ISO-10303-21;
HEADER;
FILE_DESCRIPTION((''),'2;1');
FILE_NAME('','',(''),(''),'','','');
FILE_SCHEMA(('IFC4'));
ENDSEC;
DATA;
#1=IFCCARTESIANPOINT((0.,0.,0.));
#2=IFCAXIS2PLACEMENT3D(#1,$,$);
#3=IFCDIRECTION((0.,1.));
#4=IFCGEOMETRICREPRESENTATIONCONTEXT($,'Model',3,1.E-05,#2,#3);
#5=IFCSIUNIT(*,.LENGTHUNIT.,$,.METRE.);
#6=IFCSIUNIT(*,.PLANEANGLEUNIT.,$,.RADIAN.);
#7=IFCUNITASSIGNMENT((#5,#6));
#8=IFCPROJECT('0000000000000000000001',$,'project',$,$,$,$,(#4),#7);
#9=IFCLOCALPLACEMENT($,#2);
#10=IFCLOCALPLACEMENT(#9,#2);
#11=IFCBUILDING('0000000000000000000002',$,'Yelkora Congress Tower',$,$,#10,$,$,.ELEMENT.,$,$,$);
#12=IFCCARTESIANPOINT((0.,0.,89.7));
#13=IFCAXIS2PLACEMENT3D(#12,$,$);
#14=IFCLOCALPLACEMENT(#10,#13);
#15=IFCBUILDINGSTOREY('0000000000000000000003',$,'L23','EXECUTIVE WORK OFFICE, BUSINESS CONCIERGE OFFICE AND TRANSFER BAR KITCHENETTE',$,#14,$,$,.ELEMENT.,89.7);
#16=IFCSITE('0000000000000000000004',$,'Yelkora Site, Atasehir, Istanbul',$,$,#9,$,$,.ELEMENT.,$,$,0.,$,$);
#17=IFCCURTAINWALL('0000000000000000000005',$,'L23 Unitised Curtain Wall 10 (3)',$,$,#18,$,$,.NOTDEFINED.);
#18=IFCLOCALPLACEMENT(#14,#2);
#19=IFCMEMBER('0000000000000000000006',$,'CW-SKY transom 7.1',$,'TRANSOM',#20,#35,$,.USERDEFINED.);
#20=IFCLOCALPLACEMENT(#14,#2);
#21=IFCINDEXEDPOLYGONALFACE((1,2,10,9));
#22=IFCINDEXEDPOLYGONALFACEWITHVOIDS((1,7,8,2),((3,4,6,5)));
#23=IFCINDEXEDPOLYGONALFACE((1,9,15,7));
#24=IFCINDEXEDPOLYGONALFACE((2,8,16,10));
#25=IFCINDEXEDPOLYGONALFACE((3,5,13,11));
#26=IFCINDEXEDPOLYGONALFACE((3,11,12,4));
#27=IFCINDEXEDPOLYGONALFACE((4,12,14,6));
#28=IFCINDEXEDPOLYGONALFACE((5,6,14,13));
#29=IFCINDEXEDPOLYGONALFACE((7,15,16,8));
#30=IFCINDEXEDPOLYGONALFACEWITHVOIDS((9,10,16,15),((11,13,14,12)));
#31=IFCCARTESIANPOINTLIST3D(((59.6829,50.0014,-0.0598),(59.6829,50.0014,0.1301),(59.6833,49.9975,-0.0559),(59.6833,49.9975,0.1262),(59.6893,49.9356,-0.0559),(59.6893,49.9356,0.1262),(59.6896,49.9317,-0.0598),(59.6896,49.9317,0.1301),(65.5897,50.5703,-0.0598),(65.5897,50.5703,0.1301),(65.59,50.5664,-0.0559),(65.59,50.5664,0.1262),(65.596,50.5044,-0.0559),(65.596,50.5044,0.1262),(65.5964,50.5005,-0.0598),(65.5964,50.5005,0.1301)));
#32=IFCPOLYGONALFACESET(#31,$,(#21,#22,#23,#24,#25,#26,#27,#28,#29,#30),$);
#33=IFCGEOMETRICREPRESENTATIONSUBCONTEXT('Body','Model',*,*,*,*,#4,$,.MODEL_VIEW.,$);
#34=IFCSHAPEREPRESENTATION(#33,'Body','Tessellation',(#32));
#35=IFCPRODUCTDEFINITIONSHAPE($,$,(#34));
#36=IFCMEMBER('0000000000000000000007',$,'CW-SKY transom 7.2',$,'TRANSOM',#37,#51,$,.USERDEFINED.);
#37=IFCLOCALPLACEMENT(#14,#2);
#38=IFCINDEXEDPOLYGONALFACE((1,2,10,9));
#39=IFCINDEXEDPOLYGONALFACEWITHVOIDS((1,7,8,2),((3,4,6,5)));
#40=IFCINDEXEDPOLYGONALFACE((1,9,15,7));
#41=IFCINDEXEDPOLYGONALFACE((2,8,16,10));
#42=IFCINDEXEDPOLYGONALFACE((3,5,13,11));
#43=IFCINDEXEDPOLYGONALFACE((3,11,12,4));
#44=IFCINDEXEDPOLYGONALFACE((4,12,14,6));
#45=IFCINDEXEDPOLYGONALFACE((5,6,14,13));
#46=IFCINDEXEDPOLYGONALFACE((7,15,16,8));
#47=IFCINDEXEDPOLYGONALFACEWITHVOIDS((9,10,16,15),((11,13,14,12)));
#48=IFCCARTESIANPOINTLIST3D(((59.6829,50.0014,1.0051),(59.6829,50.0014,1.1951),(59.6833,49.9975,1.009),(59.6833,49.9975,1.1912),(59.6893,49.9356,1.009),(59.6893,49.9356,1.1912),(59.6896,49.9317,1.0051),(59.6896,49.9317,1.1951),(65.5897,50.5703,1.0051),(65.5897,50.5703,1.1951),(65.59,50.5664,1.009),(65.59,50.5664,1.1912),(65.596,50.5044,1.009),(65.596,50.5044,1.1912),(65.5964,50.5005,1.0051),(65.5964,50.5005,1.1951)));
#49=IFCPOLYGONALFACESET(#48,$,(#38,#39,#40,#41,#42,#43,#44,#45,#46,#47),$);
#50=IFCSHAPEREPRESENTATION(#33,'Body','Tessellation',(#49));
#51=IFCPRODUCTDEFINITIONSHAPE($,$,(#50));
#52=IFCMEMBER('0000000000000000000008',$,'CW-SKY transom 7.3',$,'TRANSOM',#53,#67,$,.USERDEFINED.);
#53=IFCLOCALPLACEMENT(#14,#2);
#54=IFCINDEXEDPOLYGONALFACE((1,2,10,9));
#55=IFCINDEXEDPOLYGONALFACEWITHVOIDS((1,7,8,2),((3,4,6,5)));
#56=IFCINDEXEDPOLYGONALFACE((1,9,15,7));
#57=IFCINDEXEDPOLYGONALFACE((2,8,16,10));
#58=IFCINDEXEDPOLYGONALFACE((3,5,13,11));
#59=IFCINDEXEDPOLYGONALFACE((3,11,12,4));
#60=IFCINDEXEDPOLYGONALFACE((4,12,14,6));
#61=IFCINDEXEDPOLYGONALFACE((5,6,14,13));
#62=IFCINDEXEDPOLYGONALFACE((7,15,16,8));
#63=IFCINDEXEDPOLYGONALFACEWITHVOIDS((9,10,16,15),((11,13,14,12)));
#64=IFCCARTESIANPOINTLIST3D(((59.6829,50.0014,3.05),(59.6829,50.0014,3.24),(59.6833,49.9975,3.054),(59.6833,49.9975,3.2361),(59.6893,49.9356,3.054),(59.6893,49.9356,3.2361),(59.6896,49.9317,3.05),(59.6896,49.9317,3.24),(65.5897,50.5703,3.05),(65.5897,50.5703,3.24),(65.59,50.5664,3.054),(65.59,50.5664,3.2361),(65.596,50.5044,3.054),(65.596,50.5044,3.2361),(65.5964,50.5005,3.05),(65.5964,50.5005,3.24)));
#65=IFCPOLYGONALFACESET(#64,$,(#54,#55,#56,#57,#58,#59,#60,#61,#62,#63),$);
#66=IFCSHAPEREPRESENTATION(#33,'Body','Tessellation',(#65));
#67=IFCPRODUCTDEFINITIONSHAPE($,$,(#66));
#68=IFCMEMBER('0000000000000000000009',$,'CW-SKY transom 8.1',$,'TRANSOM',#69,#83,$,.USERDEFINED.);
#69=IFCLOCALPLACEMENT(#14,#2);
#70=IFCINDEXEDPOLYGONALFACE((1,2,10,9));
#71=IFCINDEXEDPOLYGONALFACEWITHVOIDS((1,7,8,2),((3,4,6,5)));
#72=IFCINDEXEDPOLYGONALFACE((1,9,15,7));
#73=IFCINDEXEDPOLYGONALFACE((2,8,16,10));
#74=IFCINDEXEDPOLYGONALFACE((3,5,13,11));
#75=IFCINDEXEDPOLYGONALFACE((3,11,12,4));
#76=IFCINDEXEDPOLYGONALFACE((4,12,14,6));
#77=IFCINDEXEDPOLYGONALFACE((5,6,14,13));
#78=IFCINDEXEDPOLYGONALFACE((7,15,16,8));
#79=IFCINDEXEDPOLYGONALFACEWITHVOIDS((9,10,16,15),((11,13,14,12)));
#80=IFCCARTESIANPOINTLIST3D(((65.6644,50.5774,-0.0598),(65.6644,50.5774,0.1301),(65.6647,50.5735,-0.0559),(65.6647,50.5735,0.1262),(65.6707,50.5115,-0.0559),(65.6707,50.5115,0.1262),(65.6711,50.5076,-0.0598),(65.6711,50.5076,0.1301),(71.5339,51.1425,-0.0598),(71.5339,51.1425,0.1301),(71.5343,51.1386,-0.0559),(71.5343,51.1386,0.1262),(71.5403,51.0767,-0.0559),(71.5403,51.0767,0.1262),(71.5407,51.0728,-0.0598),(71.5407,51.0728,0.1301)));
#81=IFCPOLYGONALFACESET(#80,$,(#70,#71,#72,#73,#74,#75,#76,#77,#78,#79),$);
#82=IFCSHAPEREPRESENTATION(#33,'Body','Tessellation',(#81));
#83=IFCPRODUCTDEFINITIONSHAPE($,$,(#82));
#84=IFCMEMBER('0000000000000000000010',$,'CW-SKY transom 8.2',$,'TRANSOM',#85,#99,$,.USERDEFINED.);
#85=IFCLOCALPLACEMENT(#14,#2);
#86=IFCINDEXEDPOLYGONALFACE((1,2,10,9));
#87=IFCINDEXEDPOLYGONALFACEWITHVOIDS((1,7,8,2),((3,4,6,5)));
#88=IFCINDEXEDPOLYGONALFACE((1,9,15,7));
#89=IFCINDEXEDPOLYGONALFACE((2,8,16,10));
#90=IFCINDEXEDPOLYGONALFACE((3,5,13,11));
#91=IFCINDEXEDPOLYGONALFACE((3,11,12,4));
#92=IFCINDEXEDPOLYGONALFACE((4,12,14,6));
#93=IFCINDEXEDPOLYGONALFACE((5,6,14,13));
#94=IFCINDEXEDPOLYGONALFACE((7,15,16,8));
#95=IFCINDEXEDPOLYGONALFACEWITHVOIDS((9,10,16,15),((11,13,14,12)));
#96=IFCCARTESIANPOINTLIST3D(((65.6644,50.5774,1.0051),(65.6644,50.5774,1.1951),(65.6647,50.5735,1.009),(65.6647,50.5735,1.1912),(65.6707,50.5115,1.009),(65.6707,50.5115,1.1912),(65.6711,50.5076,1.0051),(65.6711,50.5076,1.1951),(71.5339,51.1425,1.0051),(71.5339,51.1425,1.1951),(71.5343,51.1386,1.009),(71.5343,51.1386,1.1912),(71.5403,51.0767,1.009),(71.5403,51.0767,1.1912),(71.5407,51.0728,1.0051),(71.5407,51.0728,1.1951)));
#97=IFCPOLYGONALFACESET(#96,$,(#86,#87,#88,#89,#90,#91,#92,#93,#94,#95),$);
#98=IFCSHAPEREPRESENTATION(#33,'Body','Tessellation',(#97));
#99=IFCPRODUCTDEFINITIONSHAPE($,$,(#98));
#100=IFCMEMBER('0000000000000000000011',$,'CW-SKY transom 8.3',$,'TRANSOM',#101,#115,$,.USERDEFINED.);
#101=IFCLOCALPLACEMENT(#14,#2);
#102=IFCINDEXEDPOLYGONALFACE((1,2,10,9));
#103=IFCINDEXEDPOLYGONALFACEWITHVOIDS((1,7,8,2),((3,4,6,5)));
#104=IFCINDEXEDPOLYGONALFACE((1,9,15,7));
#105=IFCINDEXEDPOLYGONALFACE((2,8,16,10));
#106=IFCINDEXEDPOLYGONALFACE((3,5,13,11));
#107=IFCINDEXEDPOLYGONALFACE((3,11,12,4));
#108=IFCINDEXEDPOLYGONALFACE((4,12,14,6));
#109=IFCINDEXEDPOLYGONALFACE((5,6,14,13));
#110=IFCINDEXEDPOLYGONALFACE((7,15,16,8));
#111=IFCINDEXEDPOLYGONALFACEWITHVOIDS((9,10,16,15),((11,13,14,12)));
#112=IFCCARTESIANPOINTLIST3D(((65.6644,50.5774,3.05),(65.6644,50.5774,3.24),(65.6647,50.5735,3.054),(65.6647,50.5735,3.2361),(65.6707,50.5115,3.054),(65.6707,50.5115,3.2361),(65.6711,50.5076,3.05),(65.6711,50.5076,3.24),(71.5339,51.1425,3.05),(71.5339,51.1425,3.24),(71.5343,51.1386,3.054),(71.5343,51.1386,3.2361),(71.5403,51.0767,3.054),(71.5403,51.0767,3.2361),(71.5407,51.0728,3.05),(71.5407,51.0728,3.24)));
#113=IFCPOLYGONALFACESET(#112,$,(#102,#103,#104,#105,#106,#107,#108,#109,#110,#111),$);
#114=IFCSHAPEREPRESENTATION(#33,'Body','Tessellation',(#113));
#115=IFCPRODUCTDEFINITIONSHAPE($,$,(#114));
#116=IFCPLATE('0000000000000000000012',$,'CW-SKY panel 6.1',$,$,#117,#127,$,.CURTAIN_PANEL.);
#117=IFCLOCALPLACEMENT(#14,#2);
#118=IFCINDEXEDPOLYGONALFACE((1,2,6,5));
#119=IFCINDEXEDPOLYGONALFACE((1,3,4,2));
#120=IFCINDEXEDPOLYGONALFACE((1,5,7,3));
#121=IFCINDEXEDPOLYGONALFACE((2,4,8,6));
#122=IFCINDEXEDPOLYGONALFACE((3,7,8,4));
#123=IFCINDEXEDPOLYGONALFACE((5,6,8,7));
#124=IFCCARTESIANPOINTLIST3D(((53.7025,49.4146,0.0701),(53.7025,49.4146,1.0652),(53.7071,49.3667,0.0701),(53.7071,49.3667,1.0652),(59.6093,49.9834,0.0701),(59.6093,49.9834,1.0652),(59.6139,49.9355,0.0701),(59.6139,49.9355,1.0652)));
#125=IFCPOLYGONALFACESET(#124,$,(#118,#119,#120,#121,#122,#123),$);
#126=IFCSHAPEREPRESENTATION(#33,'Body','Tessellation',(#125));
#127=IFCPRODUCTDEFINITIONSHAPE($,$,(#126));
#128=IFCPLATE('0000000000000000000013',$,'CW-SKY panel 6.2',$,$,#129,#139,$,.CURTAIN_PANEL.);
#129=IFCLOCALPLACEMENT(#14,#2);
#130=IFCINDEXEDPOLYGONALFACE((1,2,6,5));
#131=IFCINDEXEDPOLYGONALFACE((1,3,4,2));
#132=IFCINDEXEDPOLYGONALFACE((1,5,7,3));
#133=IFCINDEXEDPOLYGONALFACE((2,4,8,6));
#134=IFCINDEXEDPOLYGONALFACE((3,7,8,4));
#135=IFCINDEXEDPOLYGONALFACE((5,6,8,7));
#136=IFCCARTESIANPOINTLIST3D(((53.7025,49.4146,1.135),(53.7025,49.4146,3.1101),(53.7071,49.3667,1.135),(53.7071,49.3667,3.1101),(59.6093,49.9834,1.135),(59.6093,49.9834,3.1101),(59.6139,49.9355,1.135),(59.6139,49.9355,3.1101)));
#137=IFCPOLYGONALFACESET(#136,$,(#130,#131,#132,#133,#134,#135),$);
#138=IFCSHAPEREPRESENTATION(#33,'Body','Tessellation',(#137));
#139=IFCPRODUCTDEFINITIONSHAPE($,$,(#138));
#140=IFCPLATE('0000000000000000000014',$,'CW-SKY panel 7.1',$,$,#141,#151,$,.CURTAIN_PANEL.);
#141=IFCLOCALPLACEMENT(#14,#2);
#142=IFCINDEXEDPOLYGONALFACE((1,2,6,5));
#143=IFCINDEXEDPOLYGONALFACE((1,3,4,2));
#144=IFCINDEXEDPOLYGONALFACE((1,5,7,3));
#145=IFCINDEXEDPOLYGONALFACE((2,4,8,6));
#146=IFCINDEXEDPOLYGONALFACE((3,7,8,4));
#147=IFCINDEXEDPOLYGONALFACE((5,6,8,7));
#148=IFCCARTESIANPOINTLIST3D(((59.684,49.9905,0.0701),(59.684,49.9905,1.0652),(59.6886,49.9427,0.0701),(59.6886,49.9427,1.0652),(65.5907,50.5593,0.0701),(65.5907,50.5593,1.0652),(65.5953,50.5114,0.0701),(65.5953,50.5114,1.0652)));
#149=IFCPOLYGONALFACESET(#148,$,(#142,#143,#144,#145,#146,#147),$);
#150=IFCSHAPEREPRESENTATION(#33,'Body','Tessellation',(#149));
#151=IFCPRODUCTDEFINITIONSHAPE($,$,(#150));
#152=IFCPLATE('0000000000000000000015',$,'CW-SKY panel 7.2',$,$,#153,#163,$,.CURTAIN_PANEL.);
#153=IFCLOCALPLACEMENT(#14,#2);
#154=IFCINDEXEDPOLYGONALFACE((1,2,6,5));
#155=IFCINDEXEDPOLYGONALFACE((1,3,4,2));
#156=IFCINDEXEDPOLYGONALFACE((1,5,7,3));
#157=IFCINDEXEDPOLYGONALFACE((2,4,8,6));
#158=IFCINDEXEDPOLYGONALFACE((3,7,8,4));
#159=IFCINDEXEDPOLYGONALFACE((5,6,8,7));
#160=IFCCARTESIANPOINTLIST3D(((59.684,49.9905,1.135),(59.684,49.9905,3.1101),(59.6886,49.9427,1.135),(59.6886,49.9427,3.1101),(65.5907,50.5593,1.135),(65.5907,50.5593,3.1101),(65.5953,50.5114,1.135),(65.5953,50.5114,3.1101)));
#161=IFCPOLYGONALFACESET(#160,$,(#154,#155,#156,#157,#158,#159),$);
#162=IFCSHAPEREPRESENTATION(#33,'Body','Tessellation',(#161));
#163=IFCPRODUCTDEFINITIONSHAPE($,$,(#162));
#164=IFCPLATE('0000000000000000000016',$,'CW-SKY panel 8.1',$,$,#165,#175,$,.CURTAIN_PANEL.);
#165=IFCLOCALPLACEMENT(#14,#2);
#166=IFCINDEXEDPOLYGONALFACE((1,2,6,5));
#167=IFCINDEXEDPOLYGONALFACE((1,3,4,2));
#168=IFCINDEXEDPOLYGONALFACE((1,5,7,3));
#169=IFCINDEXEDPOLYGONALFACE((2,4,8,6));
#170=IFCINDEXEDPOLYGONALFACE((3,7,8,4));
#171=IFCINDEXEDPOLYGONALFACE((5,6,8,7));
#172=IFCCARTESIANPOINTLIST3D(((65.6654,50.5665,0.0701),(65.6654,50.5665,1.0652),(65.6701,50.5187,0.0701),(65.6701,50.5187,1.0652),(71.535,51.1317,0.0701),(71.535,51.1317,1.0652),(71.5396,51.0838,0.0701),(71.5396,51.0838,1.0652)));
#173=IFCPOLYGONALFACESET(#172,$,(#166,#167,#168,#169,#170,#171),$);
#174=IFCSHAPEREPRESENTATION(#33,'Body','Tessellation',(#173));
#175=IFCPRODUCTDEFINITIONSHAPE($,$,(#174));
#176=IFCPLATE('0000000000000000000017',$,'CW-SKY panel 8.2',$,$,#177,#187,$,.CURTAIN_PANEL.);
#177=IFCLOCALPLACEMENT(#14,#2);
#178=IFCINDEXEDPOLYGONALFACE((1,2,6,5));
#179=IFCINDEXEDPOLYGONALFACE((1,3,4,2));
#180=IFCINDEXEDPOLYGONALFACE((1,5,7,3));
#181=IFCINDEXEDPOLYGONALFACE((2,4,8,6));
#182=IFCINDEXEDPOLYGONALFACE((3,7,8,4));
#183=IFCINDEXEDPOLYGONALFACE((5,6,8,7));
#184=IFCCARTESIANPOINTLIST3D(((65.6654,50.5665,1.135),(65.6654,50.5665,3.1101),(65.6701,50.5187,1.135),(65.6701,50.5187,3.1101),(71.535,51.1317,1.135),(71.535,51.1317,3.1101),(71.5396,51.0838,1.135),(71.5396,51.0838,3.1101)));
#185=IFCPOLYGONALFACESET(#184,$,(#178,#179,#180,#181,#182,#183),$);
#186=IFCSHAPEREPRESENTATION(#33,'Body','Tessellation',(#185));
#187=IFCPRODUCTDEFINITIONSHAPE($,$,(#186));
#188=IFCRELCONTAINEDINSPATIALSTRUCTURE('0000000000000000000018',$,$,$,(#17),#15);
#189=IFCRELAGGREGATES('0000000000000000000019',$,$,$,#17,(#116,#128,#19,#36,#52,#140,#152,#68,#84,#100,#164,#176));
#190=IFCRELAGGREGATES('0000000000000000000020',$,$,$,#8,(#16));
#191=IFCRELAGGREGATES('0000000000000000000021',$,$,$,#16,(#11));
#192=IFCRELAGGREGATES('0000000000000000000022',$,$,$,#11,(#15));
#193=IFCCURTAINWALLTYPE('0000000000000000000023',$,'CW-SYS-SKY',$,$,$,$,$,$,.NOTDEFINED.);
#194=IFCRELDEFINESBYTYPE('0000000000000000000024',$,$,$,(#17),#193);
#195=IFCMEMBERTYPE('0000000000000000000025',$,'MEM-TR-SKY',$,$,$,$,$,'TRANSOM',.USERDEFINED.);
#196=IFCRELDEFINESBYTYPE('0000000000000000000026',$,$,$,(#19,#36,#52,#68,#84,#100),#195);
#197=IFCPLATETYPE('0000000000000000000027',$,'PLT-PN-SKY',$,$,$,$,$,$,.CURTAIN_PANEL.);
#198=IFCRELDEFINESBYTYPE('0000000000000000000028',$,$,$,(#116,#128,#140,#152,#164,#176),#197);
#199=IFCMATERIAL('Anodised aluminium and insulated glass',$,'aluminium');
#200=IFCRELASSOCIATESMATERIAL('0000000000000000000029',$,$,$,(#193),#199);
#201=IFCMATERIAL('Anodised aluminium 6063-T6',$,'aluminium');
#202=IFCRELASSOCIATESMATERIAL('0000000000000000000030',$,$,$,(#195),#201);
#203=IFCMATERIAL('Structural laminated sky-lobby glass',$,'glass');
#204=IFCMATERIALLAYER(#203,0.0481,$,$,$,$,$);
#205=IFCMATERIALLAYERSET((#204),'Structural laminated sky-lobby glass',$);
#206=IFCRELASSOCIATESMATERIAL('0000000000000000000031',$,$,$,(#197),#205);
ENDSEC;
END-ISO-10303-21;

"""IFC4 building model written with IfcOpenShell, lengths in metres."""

from ifc_helpers import new_model, si_unit, direction, frame, origin, origin_2d, place, context, subcontext, project, spatial, rectangle, hollow_rectangle, extrude, material, layer, layer_set, material_profile, profile_set, type_object, element, aggregate, save


model = new_model("IFC4")

# Units and contexts
model_context = context("Model", 3, precision=1e-05, world=origin(), true_north=direction((0.0, 1.0)))
body_context = subcontext(model_context, "Body", "Model", "MODEL_VIEW")
ifc_project = project(units=[si_unit("LENGTHUNIT", "METRE"), si_unit("PLANEANGLEUNIT", "RADIAN")], contexts=[model_context])

# Site, building, storey
site_placement = place(None, origin())
site = spatial("IfcSite", under=ifc_project, at=site_placement, Name="Yelkora Site, Atasehir, Istanbul", CompositionType="ELEMENT", RefElevation=0.0)
building_placement = place(site_placement, origin())
building = spatial("IfcBuilding", under=site, at=building_placement, Name="Yelkora Congress Tower", CompositionType="ELEMENT")
storey_placement = place(building_placement, frame((0.0, 0.0, 89.7)))
storey = spatial("IfcBuildingStorey", under=building, at=storey_placement, Name="L23", Description="EXECUTIVE WORK OFFICE, BUSINESS CONCIERGE OFFICE AND TRANSFER BAR KITCHENETTE", CompositionType="ELEMENT", Elevation=89.7)

# Curtain wall, members, plates
ifc_material_1 = material(Name="Anodised aluminium and insulated glass", Category="aluminium")
curtain_wall_type = type_object("IfcCurtainWallType", Name="CW-SYS-SKY", PredefinedType="NOTDEFINED", material=ifc_material_1)
curtain_wall_placement = place(storey_placement, origin())
curtain_wall = element("IfcCurtainWall", 1, at=curtain_wall_placement, inside=storey, type_object=curtain_wall_type, Name="L23 Unitised Curtain Wall 10 (3)", PredefinedType="NOTDEFINED")
ifc_material_2 = material(Name="Anodised aluminium 6063-T6", Category="aluminium")
ifc_material_profile_1 = material_profile(ifc_material_2, hollow_rectangle(XDim=0.0701, YDim=0.1899, WallThickness=0.0039, at=origin_2d()), Name="ALU 70x190x4")
ifc_profile_set_1 = profile_set([ifc_material_profile_1], Name="Anodised aluminium 6063-T6")
member_type_1 = type_object("IfcMemberType", Name="MEM-TR-SKY", ElementType="TRANSOM", PredefinedType="USERDEFINED", material=ifc_profile_set_1)
member_1_placement = place(storey_placement, frame((59.6863, 49.9666, 0.0352), z_axis=(0.995395, 0.095861, 0.0), x_axis=(-0.095861, 0.995395, 0.0)))
member_1 = element("IfcMember", 2, at=member_1_placement, type_object=member_type_1, Name="CW-SKY transom 7.1", ObjectType="TRANSOM", PredefinedType="USERDEFINED", context=body_context, shape_type="SweptSolid", body=[
    extrude(hollow_rectangle(XDim=0.0701, YDim=0.1899, WallThickness=0.0039, at=origin_2d()), origin(), (0.0, 0.0, 1.0), 5.9341),
])
member_2_placement = place(storey_placement, frame((59.6863, 49.9666, 1.1001), z_axis=(0.995395, 0.095861, 0.0), x_axis=(-0.095861, 0.995395, 0.0)))
member_2 = element("IfcMember", 3, at=member_2_placement, type_object=member_type_1, Name="CW-SKY transom 7.2", ObjectType="TRANSOM", PredefinedType="USERDEFINED", context=body_context, shape_type="SweptSolid", body=[
    extrude(hollow_rectangle(XDim=0.0701, YDim=0.1899, WallThickness=0.0039, at=origin_2d()), origin(), (0.0, 0.0, 1.0), 5.9341),
])
member_3_placement = place(storey_placement, frame((59.6863, 49.9666, 3.145), z_axis=(0.995395, 0.095861, 0.0), x_axis=(-0.095861, 0.995395, 0.0)))
member_3 = element("IfcMember", 4, at=member_3_placement, type_object=member_type_1, Name="CW-SKY transom 7.3", ObjectType="TRANSOM", PredefinedType="USERDEFINED", context=body_context, shape_type="SweptSolid", body=[
    extrude(hollow_rectangle(XDim=0.0701, YDim=0.1899, WallThickness=0.0039, at=origin_2d()), origin(), (0.0, 0.0, 1.0), 5.9341),
])
member_4_placement = place(storey_placement, frame((65.6677, 50.5425, 0.0352), z_axis=(0.995396, 0.095847, 0.0), x_axis=(-0.095847, 0.995396, 0.0)))
member_4 = element("IfcMember", 5, at=member_4_placement, type_object=member_type_1, Name="CW-SKY transom 8.1", ObjectType="TRANSOM", PredefinedType="USERDEFINED", context=body_context, shape_type="SweptSolid", body=[
    extrude(hollow_rectangle(XDim=0.0701, YDim=0.1899, WallThickness=0.0039, at=origin_2d()), origin(), (0.0, 0.0, 1.0), 5.8967),
])
member_5_placement = place(storey_placement, frame((65.6677, 50.5425, 1.1001), z_axis=(0.995396, 0.095847, 0.0), x_axis=(-0.095847, 0.995396, 0.0)))
member_5 = element("IfcMember", 6, at=member_5_placement, type_object=member_type_1, Name="CW-SKY transom 8.2", ObjectType="TRANSOM", PredefinedType="USERDEFINED", context=body_context, shape_type="SweptSolid", body=[
    extrude(hollow_rectangle(XDim=0.0701, YDim=0.1899, WallThickness=0.0039, at=origin_2d()), origin(), (0.0, 0.0, 1.0), 5.8967),
])
member_6_placement = place(storey_placement, frame((65.6677, 50.5425, 3.145), z_axis=(0.995396, 0.095847, 0.0), x_axis=(-0.095847, 0.995396, 0.0)))
member_6 = element("IfcMember", 7, at=member_6_placement, type_object=member_type_1, Name="CW-SKY transom 8.3", ObjectType="TRANSOM", PredefinedType="USERDEFINED", context=body_context, shape_type="SweptSolid", body=[
    extrude(hollow_rectangle(XDim=0.0701, YDim=0.1899, WallThickness=0.0039, at=origin_2d()), origin(), (0.0, 0.0, 1.0), 5.8967),
])
ifc_material_3 = material(Name="Structural laminated sky-lobby glass", Category="glass")
ifc_layer_1 = layer(ifc_material_3, 0.0481)
ifc_layer_set_1 = layer_set([ifc_layer_1], Name="Structural laminated sky-lobby glass")
plate_type = type_object("IfcPlateType", Name="PLT-PN-SKY", PredefinedType="CURTAIN_PANEL", material=ifc_layer_set_1)
plate_1_placement = place(storey_placement, frame((56.6582, 49.675, 0.0701), z_axis=(0.0, 0.0, 1.0), x_axis=(0.995396, 0.095845, 0.0)))
plate_1 = element("IfcPlate", 8, at=plate_1_placement, type_object=plate_type, Name="CW-SKY panel 6.1", PredefinedType="CURTAIN_PANEL", context=body_context, shape_type="SweptSolid", body=[
    extrude(rectangle(XDim=5.9341, YDim=0.0481, at=origin_2d()), origin(), (0.0, 0.0, 1.0), 0.9951),
])
plate_2_placement = place(storey_placement, frame((56.6582, 49.675, 1.135), z_axis=(0.0, 0.0, 1.0), x_axis=(0.995396, 0.095845, 0.0)))
plate_2 = element("IfcPlate", 9, at=plate_2_placement, type_object=plate_type, Name="CW-SKY panel 6.2", PredefinedType="CURTAIN_PANEL", context=body_context, shape_type="SweptSolid", body=[
    extrude(rectangle(XDim=5.9341, YDim=0.0481, at=origin_2d()), origin(), (0.0, 0.0, 1.0), 1.9751),
])
plate_3_placement = place(storey_placement, frame((62.6396, 50.251, 0.0701), z_axis=(0.0, 0.0, 1.0), x_axis=(0.995396, 0.095845, 0.0)))
plate_3 = element("IfcPlate", 10, at=plate_3_placement, type_object=plate_type, Name="CW-SKY panel 7.1", PredefinedType="CURTAIN_PANEL", context=body_context, shape_type="SweptSolid", body=[
    extrude(rectangle(XDim=5.9341, YDim=0.0481, at=origin_2d()), origin(), (0.0, 0.0, 1.0), 0.9951),
])
plate_4_placement = place(storey_placement, frame((62.6396, 50.251, 1.135), z_axis=(0.0, 0.0, 1.0), x_axis=(0.995396, 0.095845, 0.0)))
plate_4 = element("IfcPlate", 11, at=plate_4_placement, type_object=plate_type, Name="CW-SKY panel 7.2", PredefinedType="CURTAIN_PANEL", context=body_context, shape_type="SweptSolid", body=[
    extrude(rectangle(XDim=5.9341, YDim=0.0481, at=origin_2d()), origin(), (0.0, 0.0, 1.0), 1.9751),
])
plate_5_placement = place(storey_placement, frame((68.6025, 50.8252, 0.0701), z_axis=(0.0, 0.0, 1.0), x_axis=(0.995396, 0.095845, 0.0)))
plate_5 = element("IfcPlate", 12, at=plate_5_placement, type_object=plate_type, Name="CW-SKY panel 8.1", PredefinedType="CURTAIN_PANEL", context=body_context, shape_type="SweptSolid", body=[
    extrude(rectangle(XDim=5.8967, YDim=0.0481, at=origin_2d()), origin(), (0.0, 0.0, 1.0), 0.9951),
])
plate_6_placement = place(storey_placement, frame((68.6025, 50.8252, 1.135), z_axis=(0.0, 0.0, 1.0), x_axis=(0.995396, 0.095845, 0.0)))
plate_6 = element("IfcPlate", 13, at=plate_6_placement, type_object=plate_type, Name="CW-SKY panel 8.2", PredefinedType="CURTAIN_PANEL", context=body_context, shape_type="SweptSolid", body=[
    extrude(rectangle(XDim=5.8967, YDim=0.0481, at=origin_2d()), origin(), (0.0, 0.0, 1.0), 1.9751),
])
aggregate(curtain_wall, [plate_1, plate_2, member_1, member_2, member_3, plate_3, plate_4, member_4, member_5, member_6, plate_5, plate_6])

save(model, "model.ifc")
